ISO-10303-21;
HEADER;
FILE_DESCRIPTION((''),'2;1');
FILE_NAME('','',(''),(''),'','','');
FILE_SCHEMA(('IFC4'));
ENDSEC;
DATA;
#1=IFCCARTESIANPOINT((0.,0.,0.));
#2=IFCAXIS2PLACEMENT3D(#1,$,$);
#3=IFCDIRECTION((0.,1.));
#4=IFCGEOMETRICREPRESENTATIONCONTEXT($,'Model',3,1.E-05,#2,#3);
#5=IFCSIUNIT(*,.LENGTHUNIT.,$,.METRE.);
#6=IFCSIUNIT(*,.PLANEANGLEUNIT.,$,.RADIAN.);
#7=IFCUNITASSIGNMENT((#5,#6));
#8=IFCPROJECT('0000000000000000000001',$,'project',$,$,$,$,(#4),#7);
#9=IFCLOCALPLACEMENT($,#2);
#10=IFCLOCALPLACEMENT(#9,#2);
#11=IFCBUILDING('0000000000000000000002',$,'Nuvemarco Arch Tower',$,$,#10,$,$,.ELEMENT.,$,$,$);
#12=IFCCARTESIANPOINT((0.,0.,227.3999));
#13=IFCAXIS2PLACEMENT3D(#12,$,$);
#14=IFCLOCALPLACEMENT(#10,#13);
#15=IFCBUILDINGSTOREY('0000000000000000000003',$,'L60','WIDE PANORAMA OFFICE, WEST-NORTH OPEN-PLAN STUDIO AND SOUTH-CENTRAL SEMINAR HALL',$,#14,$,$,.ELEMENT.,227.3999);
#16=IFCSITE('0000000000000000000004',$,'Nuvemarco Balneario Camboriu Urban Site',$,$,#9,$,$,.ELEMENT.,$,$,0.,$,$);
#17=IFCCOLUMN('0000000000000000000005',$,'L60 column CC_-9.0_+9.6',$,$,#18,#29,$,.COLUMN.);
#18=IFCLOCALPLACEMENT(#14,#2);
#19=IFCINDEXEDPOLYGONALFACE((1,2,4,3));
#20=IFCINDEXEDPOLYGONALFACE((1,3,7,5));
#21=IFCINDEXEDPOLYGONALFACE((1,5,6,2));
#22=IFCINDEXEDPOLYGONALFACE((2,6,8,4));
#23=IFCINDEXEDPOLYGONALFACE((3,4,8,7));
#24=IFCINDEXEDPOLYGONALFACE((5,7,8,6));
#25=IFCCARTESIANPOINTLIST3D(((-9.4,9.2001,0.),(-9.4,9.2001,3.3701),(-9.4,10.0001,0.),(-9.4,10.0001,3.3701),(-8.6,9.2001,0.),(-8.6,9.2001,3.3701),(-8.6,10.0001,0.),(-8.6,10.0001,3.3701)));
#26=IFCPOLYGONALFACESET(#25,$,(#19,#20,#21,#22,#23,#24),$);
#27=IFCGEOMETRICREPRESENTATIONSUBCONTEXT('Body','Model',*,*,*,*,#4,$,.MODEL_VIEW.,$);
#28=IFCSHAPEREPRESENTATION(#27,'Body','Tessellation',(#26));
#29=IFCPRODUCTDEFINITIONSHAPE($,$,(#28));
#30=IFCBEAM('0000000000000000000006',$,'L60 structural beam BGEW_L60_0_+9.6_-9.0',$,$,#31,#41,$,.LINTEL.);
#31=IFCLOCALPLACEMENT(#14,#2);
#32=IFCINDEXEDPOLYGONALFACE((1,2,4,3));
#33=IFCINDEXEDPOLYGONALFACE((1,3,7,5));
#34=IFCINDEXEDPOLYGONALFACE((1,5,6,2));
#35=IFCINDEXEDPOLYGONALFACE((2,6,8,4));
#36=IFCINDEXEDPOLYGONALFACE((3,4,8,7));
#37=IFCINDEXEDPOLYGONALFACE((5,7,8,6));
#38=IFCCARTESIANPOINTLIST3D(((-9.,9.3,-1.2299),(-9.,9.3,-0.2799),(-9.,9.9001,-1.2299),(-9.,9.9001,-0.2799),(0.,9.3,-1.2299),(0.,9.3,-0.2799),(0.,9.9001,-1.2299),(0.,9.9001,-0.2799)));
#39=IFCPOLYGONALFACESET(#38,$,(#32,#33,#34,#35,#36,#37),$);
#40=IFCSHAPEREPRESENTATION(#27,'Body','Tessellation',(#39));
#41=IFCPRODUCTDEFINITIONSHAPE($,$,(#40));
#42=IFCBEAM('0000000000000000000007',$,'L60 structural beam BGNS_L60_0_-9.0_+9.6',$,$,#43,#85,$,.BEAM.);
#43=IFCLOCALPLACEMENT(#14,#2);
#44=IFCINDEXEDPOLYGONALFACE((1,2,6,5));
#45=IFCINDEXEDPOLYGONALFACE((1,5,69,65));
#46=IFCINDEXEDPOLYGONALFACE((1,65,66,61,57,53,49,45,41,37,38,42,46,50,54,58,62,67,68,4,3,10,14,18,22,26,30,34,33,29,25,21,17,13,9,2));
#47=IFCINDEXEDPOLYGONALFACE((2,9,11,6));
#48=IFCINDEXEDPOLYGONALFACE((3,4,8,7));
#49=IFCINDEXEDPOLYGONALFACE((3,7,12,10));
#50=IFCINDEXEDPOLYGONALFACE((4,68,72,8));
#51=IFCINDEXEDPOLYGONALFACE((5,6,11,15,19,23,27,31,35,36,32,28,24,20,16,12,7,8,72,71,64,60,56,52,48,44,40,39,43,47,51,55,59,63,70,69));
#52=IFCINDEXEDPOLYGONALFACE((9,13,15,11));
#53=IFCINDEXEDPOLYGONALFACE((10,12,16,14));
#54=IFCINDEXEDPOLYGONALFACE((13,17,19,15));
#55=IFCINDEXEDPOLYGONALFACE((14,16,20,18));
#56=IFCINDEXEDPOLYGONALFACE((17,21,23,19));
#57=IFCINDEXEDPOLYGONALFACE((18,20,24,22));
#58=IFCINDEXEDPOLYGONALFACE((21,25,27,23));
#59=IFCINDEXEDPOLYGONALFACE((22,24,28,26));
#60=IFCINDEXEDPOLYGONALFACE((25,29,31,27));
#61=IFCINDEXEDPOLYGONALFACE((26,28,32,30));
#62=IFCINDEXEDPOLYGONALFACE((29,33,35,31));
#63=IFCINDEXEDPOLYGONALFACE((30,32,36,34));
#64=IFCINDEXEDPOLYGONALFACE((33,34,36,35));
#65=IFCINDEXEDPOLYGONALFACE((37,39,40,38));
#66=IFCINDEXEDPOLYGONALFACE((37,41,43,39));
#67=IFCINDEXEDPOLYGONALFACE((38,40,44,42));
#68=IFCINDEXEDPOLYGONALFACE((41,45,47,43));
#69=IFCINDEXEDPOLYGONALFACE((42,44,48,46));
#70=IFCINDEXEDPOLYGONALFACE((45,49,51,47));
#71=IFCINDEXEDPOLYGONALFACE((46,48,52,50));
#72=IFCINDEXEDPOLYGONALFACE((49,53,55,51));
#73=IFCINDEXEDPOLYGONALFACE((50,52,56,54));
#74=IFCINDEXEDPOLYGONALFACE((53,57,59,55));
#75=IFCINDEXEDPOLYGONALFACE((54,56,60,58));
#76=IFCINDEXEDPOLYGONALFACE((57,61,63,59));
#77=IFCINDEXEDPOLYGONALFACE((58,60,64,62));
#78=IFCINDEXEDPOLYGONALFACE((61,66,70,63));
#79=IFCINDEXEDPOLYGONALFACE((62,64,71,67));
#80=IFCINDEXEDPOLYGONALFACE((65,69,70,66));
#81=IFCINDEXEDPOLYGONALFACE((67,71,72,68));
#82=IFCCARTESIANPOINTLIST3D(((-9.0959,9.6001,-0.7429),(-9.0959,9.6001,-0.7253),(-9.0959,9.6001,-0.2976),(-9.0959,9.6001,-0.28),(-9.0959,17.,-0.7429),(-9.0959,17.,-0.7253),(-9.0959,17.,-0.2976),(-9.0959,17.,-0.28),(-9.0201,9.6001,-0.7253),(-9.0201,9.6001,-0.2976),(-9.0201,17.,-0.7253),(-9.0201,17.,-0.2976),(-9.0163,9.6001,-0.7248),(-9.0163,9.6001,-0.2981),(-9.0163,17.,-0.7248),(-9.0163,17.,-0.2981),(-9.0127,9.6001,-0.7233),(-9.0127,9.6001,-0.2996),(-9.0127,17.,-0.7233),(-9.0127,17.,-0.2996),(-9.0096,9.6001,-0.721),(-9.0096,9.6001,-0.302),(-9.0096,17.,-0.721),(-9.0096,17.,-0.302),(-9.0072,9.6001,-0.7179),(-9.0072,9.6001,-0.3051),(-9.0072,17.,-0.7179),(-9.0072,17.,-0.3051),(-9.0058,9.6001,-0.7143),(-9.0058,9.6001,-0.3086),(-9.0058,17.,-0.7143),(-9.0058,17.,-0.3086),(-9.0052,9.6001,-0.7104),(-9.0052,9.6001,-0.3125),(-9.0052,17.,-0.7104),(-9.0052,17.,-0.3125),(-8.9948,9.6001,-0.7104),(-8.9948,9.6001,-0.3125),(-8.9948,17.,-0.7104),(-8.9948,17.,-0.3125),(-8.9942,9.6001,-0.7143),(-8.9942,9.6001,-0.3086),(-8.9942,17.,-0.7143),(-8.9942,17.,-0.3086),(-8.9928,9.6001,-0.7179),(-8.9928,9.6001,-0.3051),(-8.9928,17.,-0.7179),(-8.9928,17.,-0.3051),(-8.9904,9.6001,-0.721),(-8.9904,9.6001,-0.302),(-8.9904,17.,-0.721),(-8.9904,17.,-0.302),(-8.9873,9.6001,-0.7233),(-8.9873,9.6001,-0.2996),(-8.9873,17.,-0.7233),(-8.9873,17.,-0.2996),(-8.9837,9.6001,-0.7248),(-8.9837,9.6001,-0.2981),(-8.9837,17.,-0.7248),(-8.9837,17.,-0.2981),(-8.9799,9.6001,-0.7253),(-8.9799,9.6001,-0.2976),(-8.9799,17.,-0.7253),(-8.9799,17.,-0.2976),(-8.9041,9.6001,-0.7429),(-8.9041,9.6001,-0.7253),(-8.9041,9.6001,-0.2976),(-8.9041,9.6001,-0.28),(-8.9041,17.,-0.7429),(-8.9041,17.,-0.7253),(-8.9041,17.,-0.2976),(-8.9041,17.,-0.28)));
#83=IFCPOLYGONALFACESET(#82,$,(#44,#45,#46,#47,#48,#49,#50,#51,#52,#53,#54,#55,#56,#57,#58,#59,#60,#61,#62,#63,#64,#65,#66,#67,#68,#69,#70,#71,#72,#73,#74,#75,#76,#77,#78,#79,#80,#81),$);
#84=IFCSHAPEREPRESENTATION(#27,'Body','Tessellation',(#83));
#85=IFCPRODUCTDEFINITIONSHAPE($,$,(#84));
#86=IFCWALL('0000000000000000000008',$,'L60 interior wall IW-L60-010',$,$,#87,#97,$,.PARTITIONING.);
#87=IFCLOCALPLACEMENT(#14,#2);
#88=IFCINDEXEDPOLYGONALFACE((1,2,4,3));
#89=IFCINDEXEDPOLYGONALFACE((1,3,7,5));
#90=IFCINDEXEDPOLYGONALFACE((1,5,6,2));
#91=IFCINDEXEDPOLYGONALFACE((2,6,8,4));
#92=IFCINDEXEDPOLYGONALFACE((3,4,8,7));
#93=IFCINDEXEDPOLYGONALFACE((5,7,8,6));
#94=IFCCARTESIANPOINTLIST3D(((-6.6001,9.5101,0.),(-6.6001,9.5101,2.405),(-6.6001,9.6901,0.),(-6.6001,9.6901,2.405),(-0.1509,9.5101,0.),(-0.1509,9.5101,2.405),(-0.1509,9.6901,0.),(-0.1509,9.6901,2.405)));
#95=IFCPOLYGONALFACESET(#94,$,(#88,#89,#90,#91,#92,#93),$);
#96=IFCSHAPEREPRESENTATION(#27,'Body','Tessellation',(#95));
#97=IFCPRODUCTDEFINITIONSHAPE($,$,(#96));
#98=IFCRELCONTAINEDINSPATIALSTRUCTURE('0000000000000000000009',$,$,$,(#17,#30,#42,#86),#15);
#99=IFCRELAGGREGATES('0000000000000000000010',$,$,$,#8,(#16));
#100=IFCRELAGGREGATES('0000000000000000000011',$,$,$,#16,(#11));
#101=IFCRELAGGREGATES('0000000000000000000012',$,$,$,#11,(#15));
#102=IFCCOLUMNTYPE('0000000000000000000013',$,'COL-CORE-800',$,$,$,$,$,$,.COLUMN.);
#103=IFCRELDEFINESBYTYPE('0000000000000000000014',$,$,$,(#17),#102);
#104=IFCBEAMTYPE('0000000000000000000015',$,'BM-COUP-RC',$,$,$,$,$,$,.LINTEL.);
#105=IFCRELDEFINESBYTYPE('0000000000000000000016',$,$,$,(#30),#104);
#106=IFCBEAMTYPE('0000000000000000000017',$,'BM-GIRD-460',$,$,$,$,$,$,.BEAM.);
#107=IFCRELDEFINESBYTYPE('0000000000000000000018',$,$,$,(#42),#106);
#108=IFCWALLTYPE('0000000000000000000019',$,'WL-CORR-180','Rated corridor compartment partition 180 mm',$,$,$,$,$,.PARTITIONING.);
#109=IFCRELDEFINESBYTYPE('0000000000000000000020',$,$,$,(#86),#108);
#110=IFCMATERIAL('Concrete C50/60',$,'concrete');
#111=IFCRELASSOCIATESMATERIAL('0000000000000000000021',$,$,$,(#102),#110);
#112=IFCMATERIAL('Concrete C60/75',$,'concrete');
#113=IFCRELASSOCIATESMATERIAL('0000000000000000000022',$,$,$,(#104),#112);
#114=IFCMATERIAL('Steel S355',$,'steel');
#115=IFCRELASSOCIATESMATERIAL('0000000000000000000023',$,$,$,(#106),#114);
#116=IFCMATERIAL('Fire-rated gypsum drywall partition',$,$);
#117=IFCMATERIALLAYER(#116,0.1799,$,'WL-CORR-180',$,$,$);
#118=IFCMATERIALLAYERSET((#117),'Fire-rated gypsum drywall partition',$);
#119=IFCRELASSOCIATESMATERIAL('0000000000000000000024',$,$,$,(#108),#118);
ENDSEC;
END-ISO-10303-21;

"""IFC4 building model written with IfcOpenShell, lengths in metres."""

from ifc_helpers import new_model, si_unit, direction, frame, frame_2d, origin, origin_2d, place, context, subcontext, project, spatial, rectangle, i_section, extrude, material, layer, layer_set, material_profile, profile_set, type_object, element, save


model = new_model("IFC4")

# Units and contexts
model_context = context("Model", 3, precision=1e-05, world=origin(), true_north=direction((0.0, 1.0)))
body_context = subcontext(model_context, "Body", "Model", "MODEL_VIEW")
ifc_project = project(units=[si_unit("LENGTHUNIT", "METRE"), si_unit("PLANEANGLEUNIT", "RADIAN")], contexts=[model_context])

# Site, building, storey
site_placement = place(None, origin())
site = spatial("IfcSite", under=ifc_project, at=site_placement, Name="Nuvemarco Balneario Camboriu Urban Site", CompositionType="ELEMENT", RefElevation=0.0)
building_placement = place(site_placement, origin())
building = spatial("IfcBuilding", under=site, at=building_placement, Name="Nuvemarco Arch Tower", CompositionType="ELEMENT")
storey_placement = place(building_placement, frame((0.0, 0.0, 227.3999)))
storey = spatial("IfcBuildingStorey", under=building, at=storey_placement, Name="L60", Description="WIDE PANORAMA OFFICE, WEST-NORTH OPEN-PLAN STUDIO AND SOUTH-CENTRAL SEMINAR HALL", CompositionType="ELEMENT", Elevation=227.3999)

# Column
ifc_material_1 = material(Name="Concrete C50/60", Category="concrete")
ifc_material_profile_1 = material_profile(ifc_material_1, rectangle(XDim=0.8, YDim=0.8, at=origin_2d()), Name="RC-COL-800x800")
ifc_profile_set_1 = profile_set([ifc_material_profile_1], Name="Concrete C50/60")
column_type = type_object("IfcColumnType", Name="COL-CORE-800", PredefinedType="COLUMN", material=ifc_profile_set_1)
column_placement = place(storey_placement, frame((-9.0, 9.6001, 0.0), z_axis=(0.0, 0.0, 1.0), x_axis=(1.0, 0.0, 0.0)))
element("IfcColumn", 1, at=column_placement, inside=storey, type_object=column_type, Name="L60 column CC_-9.0_+9.6", PredefinedType="COLUMN", context=body_context, shape_type="SweptSolid", body=[
    extrude(rectangle(XDim=0.8, YDim=0.8, at=origin_2d()), origin(), (0.0, 0.0, 1.0), 3.3701),
])

# Beams
ifc_material_2 = material(Name="Concrete C60/75", Category="concrete")
ifc_material_profile_2 = material_profile(ifc_material_2, rectangle(XDim=0.6001, YDim=0.95, at=origin_2d()), Name="RC-BM-600x950")
ifc_profile_set_2 = profile_set([ifc_material_profile_2], Name="Concrete C60/75")
beam_type_1 = type_object("IfcBeamType", Name="BM-COUP-RC", PredefinedType="LINTEL", material=ifc_profile_set_2)
beam_1_placement = place(storey_placement, frame((-9.0, 9.6001, -0.7549), z_axis=(1.0, 0.0, 0.0), x_axis=(0.0, 1.0, 0.0)))
element("IfcBeam", 2, at=beam_1_placement, inside=storey, type_object=beam_type_1, Name="L60 structural beam BGEW_L60_0_+9.6_-9.0", PredefinedType="LINTEL", context=body_context, shape_type="SweptSolid", body=[
    extrude(rectangle(XDim=0.6001, YDim=0.95, at=origin_2d()), origin(), (0.0, 0.0, 1.0), 9.0),
])
ifc_material_3 = material(Name="Steel S355", Category="steel")
ifc_material_profile_3 = material_profile(ifc_material_3, i_section(OverallWidth=0.1919, OverallDepth=0.4629, WebThickness=0.0105, FlangeThickness=0.0176, FilletRadius=0.0149, at=origin_2d()), Name="W460x89")
ifc_profile_set_3 = profile_set([ifc_material_profile_3], Name="Steel S355")
beam_type_2 = type_object("IfcBeamType", Name="BM-GIRD-460", PredefinedType="BEAM", material=ifc_profile_set_3)
beam_2_placement = place(storey_placement, frame((-9.0, 9.6001, -0.5115), z_axis=(0.0, 1.0, 0.0), x_axis=(-1.0, 0.0, 0.0)))
element("IfcBeam", 3, at=beam_2_placement, inside=storey, type_object=beam_type_2, Name="L60 structural beam BGNS_L60_0_-9.0_+9.6", PredefinedType="BEAM", context=body_context, shape_type="SweptSolid", body=[
    extrude(i_section(OverallWidth=0.1919, OverallDepth=0.4629, WebThickness=0.0105, FlangeThickness=0.0176, FilletRadius=0.0149, at=origin_2d()), origin(), (0.0, 0.0, 1.0), 7.3999),
])

# Wall
ifc_material_4 = material(Name="Fire-rated gypsum drywall partition")
ifc_layer_1 = layer(ifc_material_4, 0.1799, Name="WL-CORR-180")
ifc_layer_set_1 = layer_set([ifc_layer_1], Name="Fire-rated gypsum drywall partition")
wall_type_1 = type_object("IfcWallType", Name="WL-CORR-180", Description="Rated corridor compartment partition 180 mm", PredefinedType="PARTITIONING", material=ifc_layer_set_1)
wall_1_placement = place(storey_placement, frame((-6.6001, 9.6001, 0.0), z_axis=(0.0, 0.0, 1.0), x_axis=(1.0, 0.0, 0.0)))
element("IfcWall", 4, at=wall_1_placement, inside=storey, type_object=wall_type_1, Name="L60 interior wall IW-L60-010", PredefinedType="PARTITIONING", context=body_context, shape_type="SweptSolid", body=[
    extrude(rectangle(XDim=6.4492, YDim=0.1799, at=frame_2d((3.2246, 0.0))), origin(), (0.0, 0.0, 1.0), 2.405),
])

save(model, "model.ifc")
